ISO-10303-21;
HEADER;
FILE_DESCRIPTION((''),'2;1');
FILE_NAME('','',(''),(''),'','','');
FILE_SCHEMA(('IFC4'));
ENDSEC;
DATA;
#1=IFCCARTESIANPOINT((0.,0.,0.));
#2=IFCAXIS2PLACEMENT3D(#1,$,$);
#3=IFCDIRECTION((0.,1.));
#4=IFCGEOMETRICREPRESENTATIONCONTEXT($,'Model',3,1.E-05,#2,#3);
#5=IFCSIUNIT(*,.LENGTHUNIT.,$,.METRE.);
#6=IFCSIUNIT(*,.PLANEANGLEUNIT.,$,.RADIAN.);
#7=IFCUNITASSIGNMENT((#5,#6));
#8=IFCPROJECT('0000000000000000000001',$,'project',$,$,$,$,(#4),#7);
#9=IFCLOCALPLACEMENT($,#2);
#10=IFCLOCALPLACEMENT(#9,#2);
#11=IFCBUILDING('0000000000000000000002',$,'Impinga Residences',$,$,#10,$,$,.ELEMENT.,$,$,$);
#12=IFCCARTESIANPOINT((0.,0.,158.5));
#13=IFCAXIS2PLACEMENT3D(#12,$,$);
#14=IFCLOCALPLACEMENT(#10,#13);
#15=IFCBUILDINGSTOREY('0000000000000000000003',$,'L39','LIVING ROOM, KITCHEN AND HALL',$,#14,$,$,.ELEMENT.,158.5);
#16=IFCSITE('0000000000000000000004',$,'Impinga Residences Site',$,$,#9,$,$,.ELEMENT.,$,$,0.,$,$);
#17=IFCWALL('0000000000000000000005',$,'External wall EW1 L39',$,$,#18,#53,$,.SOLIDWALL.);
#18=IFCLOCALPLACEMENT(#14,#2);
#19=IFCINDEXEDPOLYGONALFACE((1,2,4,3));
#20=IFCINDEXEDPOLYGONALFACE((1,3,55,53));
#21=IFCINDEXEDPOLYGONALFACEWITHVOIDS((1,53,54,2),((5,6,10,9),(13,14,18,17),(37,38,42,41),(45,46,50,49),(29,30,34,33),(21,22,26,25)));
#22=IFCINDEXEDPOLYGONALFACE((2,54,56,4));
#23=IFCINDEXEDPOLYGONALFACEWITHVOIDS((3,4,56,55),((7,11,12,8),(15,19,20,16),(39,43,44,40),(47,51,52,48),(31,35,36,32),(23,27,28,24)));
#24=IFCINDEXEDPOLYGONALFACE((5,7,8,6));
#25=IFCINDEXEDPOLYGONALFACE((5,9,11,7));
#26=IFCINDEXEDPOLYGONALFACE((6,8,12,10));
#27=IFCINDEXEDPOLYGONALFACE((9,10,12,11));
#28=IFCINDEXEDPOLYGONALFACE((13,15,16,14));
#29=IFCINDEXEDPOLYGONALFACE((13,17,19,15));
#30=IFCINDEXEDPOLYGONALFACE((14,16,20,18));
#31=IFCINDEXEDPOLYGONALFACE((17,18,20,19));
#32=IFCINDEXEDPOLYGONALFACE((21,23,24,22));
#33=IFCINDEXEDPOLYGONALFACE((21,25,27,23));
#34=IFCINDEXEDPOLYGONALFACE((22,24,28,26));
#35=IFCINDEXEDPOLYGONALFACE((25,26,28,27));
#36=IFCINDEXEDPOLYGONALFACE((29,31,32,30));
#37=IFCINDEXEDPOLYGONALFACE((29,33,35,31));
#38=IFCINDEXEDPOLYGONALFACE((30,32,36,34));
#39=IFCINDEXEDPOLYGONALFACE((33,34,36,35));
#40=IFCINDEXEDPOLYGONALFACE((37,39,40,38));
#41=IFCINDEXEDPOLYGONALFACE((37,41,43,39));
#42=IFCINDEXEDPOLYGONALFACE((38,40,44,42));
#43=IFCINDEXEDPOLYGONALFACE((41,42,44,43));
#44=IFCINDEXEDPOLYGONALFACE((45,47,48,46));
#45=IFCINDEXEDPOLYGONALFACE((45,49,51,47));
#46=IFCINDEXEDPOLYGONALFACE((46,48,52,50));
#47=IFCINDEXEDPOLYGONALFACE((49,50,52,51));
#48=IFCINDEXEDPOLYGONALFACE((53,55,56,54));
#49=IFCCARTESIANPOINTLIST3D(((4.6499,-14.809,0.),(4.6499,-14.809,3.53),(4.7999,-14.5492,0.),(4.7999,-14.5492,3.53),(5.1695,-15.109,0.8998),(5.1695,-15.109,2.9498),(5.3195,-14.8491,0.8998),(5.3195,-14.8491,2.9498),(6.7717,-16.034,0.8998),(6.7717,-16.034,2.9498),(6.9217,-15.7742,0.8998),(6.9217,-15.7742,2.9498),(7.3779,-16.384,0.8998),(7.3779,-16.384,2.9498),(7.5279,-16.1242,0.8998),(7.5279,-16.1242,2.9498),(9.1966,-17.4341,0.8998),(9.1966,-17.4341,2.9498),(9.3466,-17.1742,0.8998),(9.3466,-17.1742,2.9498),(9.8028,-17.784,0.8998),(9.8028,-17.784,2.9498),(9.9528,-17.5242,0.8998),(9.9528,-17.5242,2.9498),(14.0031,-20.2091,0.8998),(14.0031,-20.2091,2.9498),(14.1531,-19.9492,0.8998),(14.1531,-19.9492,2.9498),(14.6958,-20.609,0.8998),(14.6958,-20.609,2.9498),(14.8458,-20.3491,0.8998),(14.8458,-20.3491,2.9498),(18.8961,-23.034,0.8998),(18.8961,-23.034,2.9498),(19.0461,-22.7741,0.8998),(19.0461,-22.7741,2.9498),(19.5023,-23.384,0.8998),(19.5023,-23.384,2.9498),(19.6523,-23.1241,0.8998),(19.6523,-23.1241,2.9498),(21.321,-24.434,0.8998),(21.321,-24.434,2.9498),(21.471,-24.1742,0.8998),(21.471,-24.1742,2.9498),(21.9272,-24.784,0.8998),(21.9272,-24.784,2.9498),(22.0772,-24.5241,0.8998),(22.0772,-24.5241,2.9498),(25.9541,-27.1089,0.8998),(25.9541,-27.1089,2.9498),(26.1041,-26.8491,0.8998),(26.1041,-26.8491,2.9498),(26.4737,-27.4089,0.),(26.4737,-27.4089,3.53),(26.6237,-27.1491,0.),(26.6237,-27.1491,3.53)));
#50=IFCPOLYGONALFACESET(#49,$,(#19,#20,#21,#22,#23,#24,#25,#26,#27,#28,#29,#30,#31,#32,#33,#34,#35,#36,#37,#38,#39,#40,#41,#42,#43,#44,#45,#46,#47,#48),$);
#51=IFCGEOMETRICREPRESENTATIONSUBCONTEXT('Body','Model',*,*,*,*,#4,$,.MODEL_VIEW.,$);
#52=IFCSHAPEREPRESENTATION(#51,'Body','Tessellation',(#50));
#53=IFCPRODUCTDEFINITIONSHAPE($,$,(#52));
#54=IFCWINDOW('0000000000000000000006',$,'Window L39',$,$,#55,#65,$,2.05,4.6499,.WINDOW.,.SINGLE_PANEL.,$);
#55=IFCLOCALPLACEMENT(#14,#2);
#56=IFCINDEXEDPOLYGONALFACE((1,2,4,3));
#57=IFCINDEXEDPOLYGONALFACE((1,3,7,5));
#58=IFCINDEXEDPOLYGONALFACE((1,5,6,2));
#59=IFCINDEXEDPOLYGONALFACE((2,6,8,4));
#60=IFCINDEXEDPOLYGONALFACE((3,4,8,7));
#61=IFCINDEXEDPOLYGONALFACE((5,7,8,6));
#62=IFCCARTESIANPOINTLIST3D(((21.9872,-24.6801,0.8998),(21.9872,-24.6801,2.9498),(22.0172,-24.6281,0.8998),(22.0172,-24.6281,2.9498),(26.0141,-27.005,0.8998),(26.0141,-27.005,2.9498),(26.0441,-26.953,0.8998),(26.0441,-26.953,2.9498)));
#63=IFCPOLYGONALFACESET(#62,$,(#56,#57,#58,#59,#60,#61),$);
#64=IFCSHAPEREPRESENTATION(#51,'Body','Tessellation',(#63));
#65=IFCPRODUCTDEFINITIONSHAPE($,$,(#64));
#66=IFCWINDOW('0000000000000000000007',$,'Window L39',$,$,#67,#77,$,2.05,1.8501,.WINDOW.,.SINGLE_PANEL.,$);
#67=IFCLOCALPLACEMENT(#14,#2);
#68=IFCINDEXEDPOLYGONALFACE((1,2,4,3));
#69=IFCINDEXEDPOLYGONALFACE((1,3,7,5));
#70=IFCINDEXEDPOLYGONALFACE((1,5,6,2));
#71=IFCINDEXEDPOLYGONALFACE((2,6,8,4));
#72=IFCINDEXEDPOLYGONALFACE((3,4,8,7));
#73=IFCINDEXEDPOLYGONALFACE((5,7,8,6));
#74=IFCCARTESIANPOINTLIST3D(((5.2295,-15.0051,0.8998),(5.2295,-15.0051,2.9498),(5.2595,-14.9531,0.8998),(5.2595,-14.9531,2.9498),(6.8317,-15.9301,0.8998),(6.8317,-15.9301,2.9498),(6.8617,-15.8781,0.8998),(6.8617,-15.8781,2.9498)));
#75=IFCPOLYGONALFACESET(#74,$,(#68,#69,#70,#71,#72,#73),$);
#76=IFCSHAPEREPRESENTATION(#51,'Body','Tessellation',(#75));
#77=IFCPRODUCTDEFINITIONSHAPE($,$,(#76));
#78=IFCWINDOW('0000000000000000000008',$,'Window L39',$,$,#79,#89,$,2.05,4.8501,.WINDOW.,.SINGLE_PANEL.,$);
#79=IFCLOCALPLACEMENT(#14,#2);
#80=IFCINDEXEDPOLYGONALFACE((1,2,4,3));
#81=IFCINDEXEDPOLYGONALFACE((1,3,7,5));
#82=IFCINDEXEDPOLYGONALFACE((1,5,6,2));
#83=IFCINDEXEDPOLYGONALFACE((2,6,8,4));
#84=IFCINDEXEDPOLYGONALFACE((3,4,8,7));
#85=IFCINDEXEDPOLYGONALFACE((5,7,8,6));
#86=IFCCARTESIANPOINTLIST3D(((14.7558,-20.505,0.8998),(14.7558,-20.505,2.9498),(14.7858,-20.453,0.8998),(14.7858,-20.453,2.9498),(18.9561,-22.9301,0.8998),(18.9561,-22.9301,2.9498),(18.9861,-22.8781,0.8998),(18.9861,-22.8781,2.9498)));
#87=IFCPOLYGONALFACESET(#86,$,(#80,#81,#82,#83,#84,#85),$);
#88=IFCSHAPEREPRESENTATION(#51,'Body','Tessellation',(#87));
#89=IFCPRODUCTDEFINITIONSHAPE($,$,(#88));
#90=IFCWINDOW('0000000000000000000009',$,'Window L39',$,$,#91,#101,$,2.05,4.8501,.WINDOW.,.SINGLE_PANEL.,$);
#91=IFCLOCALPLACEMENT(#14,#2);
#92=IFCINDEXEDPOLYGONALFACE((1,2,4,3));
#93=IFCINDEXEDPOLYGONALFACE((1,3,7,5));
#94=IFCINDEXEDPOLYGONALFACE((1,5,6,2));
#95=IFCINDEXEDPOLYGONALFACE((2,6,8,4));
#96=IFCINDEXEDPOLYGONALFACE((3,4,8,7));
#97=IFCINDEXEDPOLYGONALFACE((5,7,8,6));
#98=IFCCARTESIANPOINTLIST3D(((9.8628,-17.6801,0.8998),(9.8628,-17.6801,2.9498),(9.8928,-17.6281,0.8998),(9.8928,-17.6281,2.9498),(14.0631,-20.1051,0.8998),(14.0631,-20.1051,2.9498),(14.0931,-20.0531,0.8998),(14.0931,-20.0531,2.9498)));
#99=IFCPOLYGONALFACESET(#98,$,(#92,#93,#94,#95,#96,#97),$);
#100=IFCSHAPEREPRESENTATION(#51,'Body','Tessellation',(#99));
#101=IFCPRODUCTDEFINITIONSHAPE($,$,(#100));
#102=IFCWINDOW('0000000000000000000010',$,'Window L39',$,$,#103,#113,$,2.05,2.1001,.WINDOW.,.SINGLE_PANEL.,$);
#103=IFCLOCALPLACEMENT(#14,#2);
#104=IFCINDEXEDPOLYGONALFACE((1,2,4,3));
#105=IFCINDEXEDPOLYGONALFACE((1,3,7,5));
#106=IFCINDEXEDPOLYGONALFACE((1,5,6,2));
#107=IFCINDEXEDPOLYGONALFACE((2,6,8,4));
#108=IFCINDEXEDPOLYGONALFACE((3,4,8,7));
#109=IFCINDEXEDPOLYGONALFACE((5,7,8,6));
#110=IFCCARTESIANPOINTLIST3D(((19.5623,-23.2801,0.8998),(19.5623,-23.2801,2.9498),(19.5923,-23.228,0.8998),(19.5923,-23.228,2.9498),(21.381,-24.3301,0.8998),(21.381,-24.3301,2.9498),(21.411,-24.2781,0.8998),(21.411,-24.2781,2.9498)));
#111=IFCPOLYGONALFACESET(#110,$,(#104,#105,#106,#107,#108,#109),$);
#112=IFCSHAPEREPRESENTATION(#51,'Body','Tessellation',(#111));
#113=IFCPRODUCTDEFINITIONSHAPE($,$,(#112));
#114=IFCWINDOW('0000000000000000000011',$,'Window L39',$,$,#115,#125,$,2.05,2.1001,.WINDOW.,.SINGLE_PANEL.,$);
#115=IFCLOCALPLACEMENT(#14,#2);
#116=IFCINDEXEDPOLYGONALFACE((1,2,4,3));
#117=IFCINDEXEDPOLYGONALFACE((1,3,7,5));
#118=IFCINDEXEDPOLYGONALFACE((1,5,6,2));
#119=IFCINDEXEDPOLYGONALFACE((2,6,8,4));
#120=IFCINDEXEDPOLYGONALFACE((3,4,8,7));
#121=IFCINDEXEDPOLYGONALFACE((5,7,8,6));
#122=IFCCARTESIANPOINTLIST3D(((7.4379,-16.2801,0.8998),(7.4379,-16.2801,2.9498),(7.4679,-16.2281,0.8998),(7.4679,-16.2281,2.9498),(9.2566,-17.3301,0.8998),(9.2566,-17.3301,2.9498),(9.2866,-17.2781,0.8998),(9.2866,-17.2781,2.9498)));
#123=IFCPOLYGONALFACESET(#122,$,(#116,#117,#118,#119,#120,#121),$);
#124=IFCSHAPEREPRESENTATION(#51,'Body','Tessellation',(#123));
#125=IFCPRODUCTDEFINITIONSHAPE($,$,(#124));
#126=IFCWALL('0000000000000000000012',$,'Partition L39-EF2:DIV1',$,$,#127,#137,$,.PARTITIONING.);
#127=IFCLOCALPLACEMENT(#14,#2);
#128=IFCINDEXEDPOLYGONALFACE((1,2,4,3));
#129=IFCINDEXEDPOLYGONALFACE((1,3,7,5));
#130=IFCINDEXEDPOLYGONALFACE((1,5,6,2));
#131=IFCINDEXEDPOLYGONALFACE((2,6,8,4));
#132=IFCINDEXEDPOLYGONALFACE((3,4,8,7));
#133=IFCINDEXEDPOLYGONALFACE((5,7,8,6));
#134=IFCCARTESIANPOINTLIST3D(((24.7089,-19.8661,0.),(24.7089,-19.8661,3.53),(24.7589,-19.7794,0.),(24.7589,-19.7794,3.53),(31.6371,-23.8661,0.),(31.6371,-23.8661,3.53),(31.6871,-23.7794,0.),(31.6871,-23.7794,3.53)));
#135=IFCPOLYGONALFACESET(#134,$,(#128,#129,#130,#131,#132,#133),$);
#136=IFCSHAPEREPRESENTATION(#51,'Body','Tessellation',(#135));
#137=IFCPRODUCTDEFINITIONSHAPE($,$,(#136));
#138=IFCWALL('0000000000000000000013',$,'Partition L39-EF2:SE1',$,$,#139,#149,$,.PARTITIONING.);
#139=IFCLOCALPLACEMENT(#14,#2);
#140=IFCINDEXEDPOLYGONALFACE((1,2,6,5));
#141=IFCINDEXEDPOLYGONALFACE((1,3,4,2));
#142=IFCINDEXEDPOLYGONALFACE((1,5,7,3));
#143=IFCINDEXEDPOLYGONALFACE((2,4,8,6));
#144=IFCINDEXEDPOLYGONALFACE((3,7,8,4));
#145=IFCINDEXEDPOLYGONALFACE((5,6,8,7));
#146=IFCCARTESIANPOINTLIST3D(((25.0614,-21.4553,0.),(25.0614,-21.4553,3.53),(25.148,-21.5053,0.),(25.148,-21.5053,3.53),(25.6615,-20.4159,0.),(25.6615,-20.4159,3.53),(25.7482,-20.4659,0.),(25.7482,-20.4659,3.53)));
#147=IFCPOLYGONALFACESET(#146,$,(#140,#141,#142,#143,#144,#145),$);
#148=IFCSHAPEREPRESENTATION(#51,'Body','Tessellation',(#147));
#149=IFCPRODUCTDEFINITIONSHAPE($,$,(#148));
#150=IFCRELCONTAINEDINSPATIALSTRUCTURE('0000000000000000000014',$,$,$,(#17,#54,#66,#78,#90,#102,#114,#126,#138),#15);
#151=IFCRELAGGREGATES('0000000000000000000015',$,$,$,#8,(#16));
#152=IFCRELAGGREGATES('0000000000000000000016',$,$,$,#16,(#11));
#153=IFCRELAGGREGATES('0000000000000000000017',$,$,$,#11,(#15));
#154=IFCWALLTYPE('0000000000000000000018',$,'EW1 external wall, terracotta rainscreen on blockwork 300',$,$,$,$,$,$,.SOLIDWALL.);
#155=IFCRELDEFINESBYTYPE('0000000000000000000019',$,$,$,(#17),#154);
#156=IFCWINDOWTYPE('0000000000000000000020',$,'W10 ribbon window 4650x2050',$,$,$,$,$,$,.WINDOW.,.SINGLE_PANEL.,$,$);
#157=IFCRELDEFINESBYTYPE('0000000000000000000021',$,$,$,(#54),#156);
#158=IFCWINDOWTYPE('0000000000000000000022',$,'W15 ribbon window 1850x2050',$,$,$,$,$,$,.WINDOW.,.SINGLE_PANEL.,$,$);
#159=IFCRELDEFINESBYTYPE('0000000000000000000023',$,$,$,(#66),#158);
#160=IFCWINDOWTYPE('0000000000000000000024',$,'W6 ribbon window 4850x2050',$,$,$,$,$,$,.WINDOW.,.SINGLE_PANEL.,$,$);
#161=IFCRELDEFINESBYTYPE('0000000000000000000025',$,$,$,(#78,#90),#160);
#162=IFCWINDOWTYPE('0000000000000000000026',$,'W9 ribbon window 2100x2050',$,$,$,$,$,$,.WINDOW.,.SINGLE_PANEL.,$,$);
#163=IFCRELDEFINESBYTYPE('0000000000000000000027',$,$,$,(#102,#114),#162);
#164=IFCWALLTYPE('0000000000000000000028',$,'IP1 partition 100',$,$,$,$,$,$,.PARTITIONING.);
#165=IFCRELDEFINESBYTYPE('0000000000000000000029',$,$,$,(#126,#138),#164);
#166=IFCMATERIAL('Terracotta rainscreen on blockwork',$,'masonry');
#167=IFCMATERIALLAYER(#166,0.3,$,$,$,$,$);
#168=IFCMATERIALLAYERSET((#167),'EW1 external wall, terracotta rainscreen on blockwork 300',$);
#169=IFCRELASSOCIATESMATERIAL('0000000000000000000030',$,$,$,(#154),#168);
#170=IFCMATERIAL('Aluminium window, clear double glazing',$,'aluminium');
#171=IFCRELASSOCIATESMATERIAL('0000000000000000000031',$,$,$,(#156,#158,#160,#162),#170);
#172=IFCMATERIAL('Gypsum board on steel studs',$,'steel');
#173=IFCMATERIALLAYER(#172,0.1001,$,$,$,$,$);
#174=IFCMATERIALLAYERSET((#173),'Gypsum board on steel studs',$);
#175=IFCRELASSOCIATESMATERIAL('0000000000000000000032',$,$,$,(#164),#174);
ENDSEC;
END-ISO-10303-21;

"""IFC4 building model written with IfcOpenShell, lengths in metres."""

from ifc_helpers import new_model, si_unit, direction, frame, frame_2d, origin, place, context, subcontext, project, spatial, rectangle, extrude, material, layer, layer_set, type_object, element, fill, save


model = new_model("IFC4")

# Units and contexts
model_context = context("Model", 3, precision=1e-05, world=origin(), true_north=direction((0.0, 1.0)))
body_context = subcontext(model_context, "Body", "Model", "MODEL_VIEW")
ifc_project = project(units=[si_unit("LENGTHUNIT", "METRE"), si_unit("PLANEANGLEUNIT", "RADIAN")], contexts=[model_context])

# Site, building, storey
site_placement = place(None, origin())
site = spatial("IfcSite", under=ifc_project, at=site_placement, Name="Impinga Residences Site", CompositionType="ELEMENT", RefElevation=0.0)
building_placement = place(site_placement, origin())
building = spatial("IfcBuilding", under=site, at=building_placement, Name="Impinga Residences", CompositionType="ELEMENT")
storey_placement = place(building_placement, frame((0.0, 0.0, 158.5)))
storey = spatial("IfcBuildingStorey", under=building, at=storey_placement, Name="L39", Description="LIVING ROOM, KITCHEN AND HALL", CompositionType="ELEMENT", Elevation=158.5)

# Shared definitions
ifc_material_1 = material(Name="Terracotta rainscreen on blockwork", Category="masonry")
ifc_layer_1 = layer(ifc_material_1, 0.3)
ifc_layer_set_1 = layer_set([ifc_layer_1], Name="EW1 external wall, terracotta rainscreen on blockwork 300")
wall_type_1 = type_object("IfcWallType", Name="EW1 external wall, terracotta rainscreen on blockwork 300", PredefinedType="SOLIDWALL", material=ifc_layer_set_1)

# Wall, openings, windows
wall_1_placement = place(storey_placement, frame((26.5488, -27.2791, 0.0), z_axis=(0.0, 0.0, 1.0), x_axis=(-0.866027, 0.499998, 0.0)))
wall_1 = element("IfcWall", 1, at=wall_1_placement, inside=storey, type_object=wall_type_1, Name="External wall EW1 L39", PredefinedType="SOLIDWALL", context=body_context, shape_type="SweptSolid", body=[
    extrude(rectangle(XDim=25.2, YDim=0.3, at=frame_2d((12.6001, 0.0))), origin(), (0.0, 0.0, 1.0), 3.53),
])
opening_1_placement = place(wall_1_placement, frame((0.6001, 0.0, 0.8999)))
opening_1 = element("IfcOpeningElement", 2, at=opening_1_placement, cuts=wall_1, PredefinedType="OPENING", context=body_context, shape_type="SweptSolid", body=[
    extrude(rectangle(XDim=4.6499, YDim=2.05, at=frame_2d((2.325, 1.0249))), frame((0.0, 0.1599, 0.0), z_axis=(0.0, -1.0, 0.0), x_axis=(1.0, 0.0, 0.0)), (0.0, 0.0, 1.0), 0.3201),
])
opening_2_placement = place(wall_1_placement, frame((5.95, 0.0, 0.8999)))
opening_2 = element("IfcOpeningElement", 3, at=opening_2_placement, cuts=wall_1, PredefinedType="OPENING", context=body_context, shape_type="SweptSolid", body=[
    extrude(rectangle(XDim=2.1001, YDim=2.05, at=frame_2d((1.05, 1.0249))), frame((0.0, 0.1599, 0.0), z_axis=(0.0, -1.0, 0.0), x_axis=(1.0, 0.0, 0.0)), (0.0, 0.0, 1.0), 0.3201),
])
opening_3_placement = place(wall_1_placement, frame((8.75, 0.0, 0.8999)))
opening_3 = element("IfcOpeningElement", 4, at=opening_3_placement, cuts=wall_1, PredefinedType="OPENING", context=body_context, shape_type="SweptSolid", body=[
    extrude(rectangle(XDim=4.8501, YDim=2.05, at=frame_2d((2.425, 1.0249))), frame((0.0, 0.1599, 0.0), z_axis=(0.0, -1.0, 0.0), x_axis=(1.0, 0.0, 0.0)), (0.0, 0.0, 1.0), 0.3201),
])
opening_4_placement = place(wall_1_placement, frame((14.3999, 0.0, 0.8999)))
opening_4 = element("IfcOpeningElement", 5, at=opening_4_placement, cuts=wall_1, PredefinedType="OPENING", context=body_context, shape_type="SweptSolid", body=[
    extrude(rectangle(XDim=4.8501, YDim=2.05, at=frame_2d((2.425, 1.0249))), frame((0.0, 0.1599, 0.0), z_axis=(0.0, -1.0, 0.0), x_axis=(1.0, 0.0, 0.0)), (0.0, 0.0, 1.0), 0.3201),
])
opening_5_placement = place(wall_1_placement, frame((19.95, 0.0, 0.8999)))
opening_5 = element("IfcOpeningElement", 6, at=opening_5_placement, cuts=wall_1, PredefinedType="OPENING", context=body_context, shape_type="SweptSolid", body=[
    extrude(rectangle(XDim=2.1001, YDim=2.05, at=frame_2d((1.05, 1.0249))), frame((0.0, 0.1599, 0.0), z_axis=(0.0, -1.0, 0.0), x_axis=(1.0, 0.0, 0.0)), (0.0, 0.0, 1.0), 0.3201),
])
opening_6_placement = place(wall_1_placement, frame((22.75, 0.0, 0.8999)))
opening_6 = element("IfcOpeningElement", 7, at=opening_6_placement, cuts=wall_1, PredefinedType="OPENING", context=body_context, shape_type="SweptSolid", body=[
    extrude(rectangle(XDim=1.8501, YDim=2.05, at=frame_2d((0.925, 1.0249))), frame((0.0, 0.1599, 0.0), z_axis=(0.0, -1.0, 0.0), x_axis=(1.0, 0.0, 0.0)), (0.0, 0.0, 1.0), 0.3201),
])
ifc_material_2 = material(Name="Aluminium window, clear double glazing", Category="aluminium")
window_type_1 = type_object("IfcWindowType", Name="W10 ribbon window 4650x2050", PartitioningType="SINGLE_PANEL", PredefinedType="WINDOW", material=ifc_material_2)
window_1_placement = place(opening_1_placement, origin())
window_1 = element("IfcWindow", 8, at=window_1_placement, inside=storey, type_object=window_type_1, Name="Window L39", OverallHeight=2.05, OverallWidth=4.6499, PartitioningType="SINGLE_PANEL", PredefinedType="WINDOW", context=body_context, shape_type="SweptSolid", body=[
    extrude(rectangle(XDim=4.6499, YDim=2.05, at=frame_2d((2.325, 1.0249))), frame((0.0, 0.03, 0.0), z_axis=(0.0, -1.0, 0.0), x_axis=(1.0, 0.0, 0.0)), (0.0, 0.0, 1.0), 0.0601),
])
fill(opening_1, window_1)
window_type_2 = type_object("IfcWindowType", Name="W15 ribbon window 1850x2050", PartitioningType="SINGLE_PANEL", PredefinedType="WINDOW", material=ifc_material_2)
window_2_placement = place(opening_6_placement, origin())
window_2 = element("IfcWindow", 9, at=window_2_placement, inside=storey, type_object=window_type_2, Name="Window L39", OverallHeight=2.05, OverallWidth=1.8501, PartitioningType="SINGLE_PANEL", PredefinedType="WINDOW", context=body_context, shape_type="SweptSolid", body=[
    extrude(rectangle(XDim=1.8501, YDim=2.05, at=frame_2d((0.925, 1.0249))), frame((0.0, 0.03, 0.0), z_axis=(0.0, -1.0, 0.0), x_axis=(1.0, 0.0, 0.0)), (0.0, 0.0, 1.0), 0.0601),
])
fill(opening_6, window_2)
window_type_3 = type_object("IfcWindowType", Name="W6 ribbon window 4850x2050", PartitioningType="SINGLE_PANEL", PredefinedType="WINDOW", material=ifc_material_2)
window_3_placement = place(opening_3_placement, origin())
window_3 = element("IfcWindow", 10, at=window_3_placement, inside=storey, type_object=window_type_3, Name="Window L39", OverallHeight=2.05, OverallWidth=4.8501, PartitioningType="SINGLE_PANEL", PredefinedType="WINDOW", context=body_context, shape_type="SweptSolid", body=[
    extrude(rectangle(XDim=4.8501, YDim=2.05, at=frame_2d((2.425, 1.0249))), frame((0.0, 0.03, 0.0), z_axis=(0.0, -1.0, 0.0), x_axis=(1.0, 0.0, 0.0)), (0.0, 0.0, 1.0), 0.0601),
])
fill(opening_3, window_3)
window_4_placement = place(opening_4_placement, origin())
window_4 = element("IfcWindow", 11, at=window_4_placement, inside=storey, type_object=window_type_3, Name="Window L39", OverallHeight=2.05, OverallWidth=4.8501, PartitioningType="SINGLE_PANEL", PredefinedType="WINDOW", context=body_context, shape_type="SweptSolid", body=[
    extrude(rectangle(XDim=4.8501, YDim=2.05, at=frame_2d((2.425, 1.0249))), frame((0.0, 0.03, 0.0), z_axis=(0.0, -1.0, 0.0), x_axis=(1.0, 0.0, 0.0)), (0.0, 0.0, 1.0), 0.0601),
])
fill(opening_4, window_4)
window_type_4 = type_object("IfcWindowType", Name="W9 ribbon window 2100x2050", PartitioningType="SINGLE_PANEL", PredefinedType="WINDOW", material=ifc_material_2)
window_5_placement = place(opening_2_placement, origin())
window_5 = element("IfcWindow", 12, at=window_5_placement, inside=storey, type_object=window_type_4, Name="Window L39", OverallHeight=2.05, OverallWidth=2.1001, PartitioningType="SINGLE_PANEL", PredefinedType="WINDOW", context=body_context, shape_type="SweptSolid", body=[
    extrude(rectangle(XDim=2.1001, YDim=2.05, at=frame_2d((1.05, 1.0249))), frame((0.0, 0.03, 0.0), z_axis=(0.0, -1.0, 0.0), x_axis=(1.0, 0.0, 0.0)), (0.0, 0.0, 1.0), 0.0601),
])
fill(opening_2, window_5)
window_6_placement = place(opening_5_placement, origin())
window_6 = element("IfcWindow", 13, at=window_6_placement, inside=storey, type_object=window_type_4, Name="Window L39", OverallHeight=2.05, OverallWidth=2.1001, PartitioningType="SINGLE_PANEL", PredefinedType="WINDOW", context=body_context, shape_type="SweptSolid", body=[
    extrude(rectangle(XDim=2.1001, YDim=2.05, at=frame_2d((1.05, 1.0249))), frame((0.0, 0.03, 0.0), z_axis=(0.0, -1.0, 0.0), x_axis=(1.0, 0.0, 0.0)), (0.0, 0.0, 1.0), 0.0601),
])
fill(opening_5, window_6)

# Walls
ifc_material_3 = material(Name="Gypsum board on steel studs", Category="steel")
ifc_layer_2 = layer(ifc_material_3, 0.1001)
ifc_layer_set_2 = layer_set([ifc_layer_2], Name="Gypsum board on steel studs")
wall_type_2 = type_object("IfcWallType", Name="IP1 partition 100", PredefinedType="PARTITIONING", material=ifc_layer_set_2)
wall_2_placement = place(storey_placement, frame((24.7339, -19.8228, 0.0), z_axis=(0.0, 0.0, 1.0), x_axis=(0.866026, -0.499999, 0.0)))
element("IfcWall", 14, at=wall_2_placement, inside=storey, type_object=wall_type_2, Name="Partition L39-EF2:DIV1", PredefinedType="PARTITIONING", context=body_context, shape_type="SweptSolid", body=[
    extrude(rectangle(XDim=8.0, YDim=0.1001, at=frame_2d((4.0, 0.0))), origin(), (0.0, 0.0, 1.0), 3.53),
])
wall_3_placement = place(storey_placement, frame((25.7048, -20.4409, 0.0), z_axis=(0.0, 0.0, 1.0), x_axis=(-0.500034, -0.866006, 0.0)))
element("IfcWall", 15, at=wall_3_placement, inside=storey, type_object=wall_type_2, Name="Partition L39-EF2:SE1", PredefinedType="PARTITIONING", context=body_context, shape_type="SweptSolid", body=[
    extrude(rectangle(XDim=1.2002, YDim=0.1001, at=frame_2d((0.6001, 0.0))), origin(), (0.0, 0.0, 1.0), 3.53),
])

save(model, "model.ifc")
